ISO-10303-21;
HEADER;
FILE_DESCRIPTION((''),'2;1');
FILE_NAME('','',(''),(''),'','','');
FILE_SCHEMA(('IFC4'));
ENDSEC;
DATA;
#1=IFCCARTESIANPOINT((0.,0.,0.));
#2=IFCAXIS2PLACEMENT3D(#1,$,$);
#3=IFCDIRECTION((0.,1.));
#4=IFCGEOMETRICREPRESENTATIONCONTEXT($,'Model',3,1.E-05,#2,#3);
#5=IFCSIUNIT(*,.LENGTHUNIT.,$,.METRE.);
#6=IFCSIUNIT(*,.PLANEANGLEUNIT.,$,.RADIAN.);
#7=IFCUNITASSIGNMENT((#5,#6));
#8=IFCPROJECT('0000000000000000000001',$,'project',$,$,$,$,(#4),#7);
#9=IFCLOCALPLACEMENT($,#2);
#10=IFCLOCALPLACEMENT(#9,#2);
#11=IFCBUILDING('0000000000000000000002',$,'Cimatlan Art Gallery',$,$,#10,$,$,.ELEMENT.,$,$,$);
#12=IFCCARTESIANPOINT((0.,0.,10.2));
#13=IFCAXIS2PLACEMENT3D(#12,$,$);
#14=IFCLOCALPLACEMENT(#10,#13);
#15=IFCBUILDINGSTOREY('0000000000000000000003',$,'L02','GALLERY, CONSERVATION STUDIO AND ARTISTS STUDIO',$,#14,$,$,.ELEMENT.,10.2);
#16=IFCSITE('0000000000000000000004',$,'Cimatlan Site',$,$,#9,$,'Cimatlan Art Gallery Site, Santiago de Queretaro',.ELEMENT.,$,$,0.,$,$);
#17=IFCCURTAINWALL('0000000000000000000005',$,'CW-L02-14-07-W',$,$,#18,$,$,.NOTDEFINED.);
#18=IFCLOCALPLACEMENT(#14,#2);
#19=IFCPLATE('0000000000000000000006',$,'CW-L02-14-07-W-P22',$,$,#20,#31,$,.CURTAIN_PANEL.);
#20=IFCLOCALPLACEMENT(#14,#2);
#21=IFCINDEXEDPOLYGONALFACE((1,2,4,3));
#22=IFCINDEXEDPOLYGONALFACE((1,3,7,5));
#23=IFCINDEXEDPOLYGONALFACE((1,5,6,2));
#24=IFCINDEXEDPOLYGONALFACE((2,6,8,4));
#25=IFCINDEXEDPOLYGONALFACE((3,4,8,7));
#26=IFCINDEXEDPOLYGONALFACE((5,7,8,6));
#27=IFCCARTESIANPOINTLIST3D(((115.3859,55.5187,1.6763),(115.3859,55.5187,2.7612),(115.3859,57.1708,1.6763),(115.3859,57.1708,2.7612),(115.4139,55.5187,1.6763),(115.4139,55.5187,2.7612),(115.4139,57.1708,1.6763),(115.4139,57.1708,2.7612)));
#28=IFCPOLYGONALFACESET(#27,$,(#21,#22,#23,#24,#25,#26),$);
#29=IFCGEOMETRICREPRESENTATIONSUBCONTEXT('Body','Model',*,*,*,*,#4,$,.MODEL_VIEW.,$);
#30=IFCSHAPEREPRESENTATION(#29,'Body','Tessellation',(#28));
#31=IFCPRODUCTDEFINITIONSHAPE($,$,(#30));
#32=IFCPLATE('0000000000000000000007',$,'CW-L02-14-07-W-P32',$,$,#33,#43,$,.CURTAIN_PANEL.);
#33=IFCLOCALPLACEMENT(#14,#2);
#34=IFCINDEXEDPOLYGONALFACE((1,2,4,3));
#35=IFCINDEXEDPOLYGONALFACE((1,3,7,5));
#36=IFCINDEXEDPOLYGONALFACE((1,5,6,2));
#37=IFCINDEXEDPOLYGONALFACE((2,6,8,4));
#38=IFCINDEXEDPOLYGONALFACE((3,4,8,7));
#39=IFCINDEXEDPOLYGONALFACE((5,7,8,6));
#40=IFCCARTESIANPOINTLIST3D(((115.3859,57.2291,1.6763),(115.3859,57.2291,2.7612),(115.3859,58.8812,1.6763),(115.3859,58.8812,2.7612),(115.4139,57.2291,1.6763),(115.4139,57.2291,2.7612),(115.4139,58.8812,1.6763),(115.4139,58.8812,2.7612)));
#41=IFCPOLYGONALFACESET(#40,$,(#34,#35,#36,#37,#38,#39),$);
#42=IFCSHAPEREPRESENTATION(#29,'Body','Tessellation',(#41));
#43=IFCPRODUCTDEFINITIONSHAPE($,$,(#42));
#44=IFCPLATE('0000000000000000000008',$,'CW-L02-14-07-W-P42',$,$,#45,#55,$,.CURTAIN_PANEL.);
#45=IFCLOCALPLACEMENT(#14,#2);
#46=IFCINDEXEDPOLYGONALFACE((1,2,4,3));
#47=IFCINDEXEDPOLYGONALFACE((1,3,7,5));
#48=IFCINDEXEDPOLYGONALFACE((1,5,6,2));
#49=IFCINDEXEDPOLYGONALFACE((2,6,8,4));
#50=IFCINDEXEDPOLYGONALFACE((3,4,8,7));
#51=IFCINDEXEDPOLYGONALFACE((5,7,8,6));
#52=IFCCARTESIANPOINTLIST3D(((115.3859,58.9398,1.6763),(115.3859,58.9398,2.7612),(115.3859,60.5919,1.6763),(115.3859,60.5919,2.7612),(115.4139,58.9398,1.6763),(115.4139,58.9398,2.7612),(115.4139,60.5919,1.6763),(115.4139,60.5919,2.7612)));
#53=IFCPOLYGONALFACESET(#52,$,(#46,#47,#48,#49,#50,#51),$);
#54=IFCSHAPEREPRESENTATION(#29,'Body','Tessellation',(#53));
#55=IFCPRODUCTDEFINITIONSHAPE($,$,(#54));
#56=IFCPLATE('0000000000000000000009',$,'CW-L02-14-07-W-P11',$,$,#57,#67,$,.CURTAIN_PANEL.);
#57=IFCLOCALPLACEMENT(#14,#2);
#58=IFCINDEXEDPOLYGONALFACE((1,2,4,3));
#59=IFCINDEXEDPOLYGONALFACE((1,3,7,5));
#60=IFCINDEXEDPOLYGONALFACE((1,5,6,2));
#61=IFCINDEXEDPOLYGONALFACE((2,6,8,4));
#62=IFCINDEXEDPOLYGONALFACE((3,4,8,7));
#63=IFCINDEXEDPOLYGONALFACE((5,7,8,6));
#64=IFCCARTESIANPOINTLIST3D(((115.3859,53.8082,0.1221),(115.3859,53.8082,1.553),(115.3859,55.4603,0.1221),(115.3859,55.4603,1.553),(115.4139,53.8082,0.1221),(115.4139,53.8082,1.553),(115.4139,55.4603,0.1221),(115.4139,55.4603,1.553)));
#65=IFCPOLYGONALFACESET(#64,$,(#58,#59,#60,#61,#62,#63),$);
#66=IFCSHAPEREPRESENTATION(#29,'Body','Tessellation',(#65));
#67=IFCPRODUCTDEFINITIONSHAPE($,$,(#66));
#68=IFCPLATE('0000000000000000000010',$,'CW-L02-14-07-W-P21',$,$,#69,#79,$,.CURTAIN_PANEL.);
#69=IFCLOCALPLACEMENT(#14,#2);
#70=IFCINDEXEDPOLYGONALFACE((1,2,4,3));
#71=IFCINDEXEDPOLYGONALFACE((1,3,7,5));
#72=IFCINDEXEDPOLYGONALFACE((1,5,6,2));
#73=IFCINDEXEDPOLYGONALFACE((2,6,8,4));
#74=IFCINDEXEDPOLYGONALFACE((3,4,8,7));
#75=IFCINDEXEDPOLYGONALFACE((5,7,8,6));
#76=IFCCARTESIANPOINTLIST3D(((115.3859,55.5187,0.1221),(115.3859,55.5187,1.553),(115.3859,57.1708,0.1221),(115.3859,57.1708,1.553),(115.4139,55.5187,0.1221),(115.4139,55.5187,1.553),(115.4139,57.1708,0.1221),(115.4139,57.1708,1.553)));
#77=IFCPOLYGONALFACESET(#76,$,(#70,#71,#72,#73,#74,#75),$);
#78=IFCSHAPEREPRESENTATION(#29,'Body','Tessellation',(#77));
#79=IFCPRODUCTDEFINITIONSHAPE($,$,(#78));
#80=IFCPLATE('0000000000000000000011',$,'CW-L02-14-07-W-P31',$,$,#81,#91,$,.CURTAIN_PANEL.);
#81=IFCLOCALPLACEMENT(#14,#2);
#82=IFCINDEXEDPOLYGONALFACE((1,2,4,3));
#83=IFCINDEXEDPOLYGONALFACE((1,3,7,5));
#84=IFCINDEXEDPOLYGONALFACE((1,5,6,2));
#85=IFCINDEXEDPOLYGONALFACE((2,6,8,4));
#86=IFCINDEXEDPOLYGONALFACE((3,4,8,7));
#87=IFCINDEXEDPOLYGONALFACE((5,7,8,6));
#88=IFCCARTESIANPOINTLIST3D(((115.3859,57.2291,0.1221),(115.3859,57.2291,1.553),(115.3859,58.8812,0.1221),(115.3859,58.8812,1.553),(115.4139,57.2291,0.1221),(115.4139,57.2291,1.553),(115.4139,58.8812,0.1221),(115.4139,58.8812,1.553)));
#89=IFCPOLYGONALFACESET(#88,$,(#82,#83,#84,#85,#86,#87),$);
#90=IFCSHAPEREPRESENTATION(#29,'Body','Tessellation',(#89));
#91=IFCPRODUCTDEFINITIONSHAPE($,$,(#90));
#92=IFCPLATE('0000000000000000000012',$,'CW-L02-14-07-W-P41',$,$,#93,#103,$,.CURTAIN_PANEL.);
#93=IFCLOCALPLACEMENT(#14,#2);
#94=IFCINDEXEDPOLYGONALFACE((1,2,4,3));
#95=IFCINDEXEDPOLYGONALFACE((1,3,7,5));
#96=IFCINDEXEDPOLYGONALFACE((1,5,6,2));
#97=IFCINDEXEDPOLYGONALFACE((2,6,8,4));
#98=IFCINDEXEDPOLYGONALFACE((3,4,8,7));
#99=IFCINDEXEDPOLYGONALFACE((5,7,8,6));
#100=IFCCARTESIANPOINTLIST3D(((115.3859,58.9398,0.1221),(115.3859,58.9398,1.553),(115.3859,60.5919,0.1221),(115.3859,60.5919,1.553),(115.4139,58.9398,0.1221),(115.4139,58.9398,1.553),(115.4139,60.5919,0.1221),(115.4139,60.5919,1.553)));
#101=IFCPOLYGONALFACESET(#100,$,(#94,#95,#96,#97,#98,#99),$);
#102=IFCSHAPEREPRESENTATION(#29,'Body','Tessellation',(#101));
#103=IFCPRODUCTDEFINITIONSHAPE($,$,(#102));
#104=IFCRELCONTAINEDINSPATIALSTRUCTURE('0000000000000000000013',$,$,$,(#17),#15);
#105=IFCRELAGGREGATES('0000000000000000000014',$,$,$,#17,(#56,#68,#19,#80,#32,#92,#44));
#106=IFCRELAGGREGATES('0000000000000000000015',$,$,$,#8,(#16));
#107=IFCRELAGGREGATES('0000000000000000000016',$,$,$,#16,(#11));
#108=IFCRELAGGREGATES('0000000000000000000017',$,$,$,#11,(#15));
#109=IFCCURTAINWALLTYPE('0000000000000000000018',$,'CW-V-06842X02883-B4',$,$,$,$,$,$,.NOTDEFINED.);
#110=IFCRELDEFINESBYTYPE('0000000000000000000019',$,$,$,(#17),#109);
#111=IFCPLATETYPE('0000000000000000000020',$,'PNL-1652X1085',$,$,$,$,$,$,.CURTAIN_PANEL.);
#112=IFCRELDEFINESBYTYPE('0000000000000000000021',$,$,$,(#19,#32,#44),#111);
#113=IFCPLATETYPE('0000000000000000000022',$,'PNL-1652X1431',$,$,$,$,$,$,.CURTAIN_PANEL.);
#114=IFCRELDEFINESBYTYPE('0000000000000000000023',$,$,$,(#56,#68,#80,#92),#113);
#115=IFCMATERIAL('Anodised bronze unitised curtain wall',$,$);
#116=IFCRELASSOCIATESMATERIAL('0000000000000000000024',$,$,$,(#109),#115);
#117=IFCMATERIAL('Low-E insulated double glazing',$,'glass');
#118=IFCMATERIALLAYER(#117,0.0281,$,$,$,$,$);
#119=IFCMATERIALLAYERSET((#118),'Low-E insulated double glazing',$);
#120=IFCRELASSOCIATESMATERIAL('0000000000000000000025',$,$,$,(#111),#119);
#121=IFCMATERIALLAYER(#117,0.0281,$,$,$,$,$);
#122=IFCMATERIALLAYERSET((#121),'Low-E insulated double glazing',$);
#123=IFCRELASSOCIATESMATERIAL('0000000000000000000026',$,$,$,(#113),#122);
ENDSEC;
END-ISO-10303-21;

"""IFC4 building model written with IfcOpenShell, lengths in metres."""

from ifc_helpers import new_model, si_unit, direction, frame, origin, origin_2d, place, context, subcontext, project, spatial, rectangle, extrude, material, layer, layer_set, type_object, element, aggregate, save


model = new_model("IFC4")

# Units and contexts
model_context = context("Model", 3, precision=1e-05, world=origin(), true_north=direction((0.0, 1.0)))
body_context = subcontext(model_context, "Body", "Model", "MODEL_VIEW")
ifc_project = project(units=[si_unit("LENGTHUNIT", "METRE"), si_unit("PLANEANGLEUNIT", "RADIAN")], contexts=[model_context])

# Site, building, storey
site_placement = place(None, origin())
site = spatial("IfcSite", under=ifc_project, at=site_placement, Name="Cimatlan Site", LongName="Cimatlan Art Gallery Site, Santiago de Queretaro", CompositionType="ELEMENT", RefElevation=0.0)
building_placement = place(site_placement, origin())
building = spatial("IfcBuilding", under=site, at=building_placement, Name="Cimatlan Art Gallery", CompositionType="ELEMENT")
storey_placement = place(building_placement, frame((0.0, 0.0, 10.2)))
storey = spatial("IfcBuildingStorey", under=building, at=storey_placement, Name="L02", Description="GALLERY, CONSERVATION STUDIO AND ARTISTS STUDIO", CompositionType="ELEMENT", Elevation=10.2)

# Curtain wall
ifc_material_1 = material(Name="Anodised bronze unitised curtain wall")
curtain_wall_type_1 = type_object("IfcCurtainWallType", Name="CW-V-06842X02883-B4", PredefinedType="NOTDEFINED", material=ifc_material_1)
curtain_wall_1_placement = place(storey_placement, origin())
curtain_wall_1 = element("IfcCurtainWall", 1, at=curtain_wall_1_placement, inside=storey, type_object=curtain_wall_type_1, Name="CW-L02-14-07-W", PredefinedType="NOTDEFINED")

# Plates
ifc_material_2 = material(Name="Low-E insulated double glazing", Category="glass")
ifc_layer_1 = layer(ifc_material_2, 0.0281)
ifc_layer_set_1 = layer_set([ifc_layer_1], Name="Low-E insulated double glazing")
plate_type_1 = type_object("IfcPlateType", Name="PNL-1652X1085", PredefinedType="CURTAIN_PANEL", material=ifc_layer_set_1)
plate_1_placement = place(storey_placement, frame((115.3999, 56.3447, 1.6763), z_axis=(0.0, 0.0, 1.0), x_axis=(0.0, 1.0, 0.0)))
plate_1 = element("IfcPlate", 2, at=plate_1_placement, type_object=plate_type_1, Name="CW-L02-14-07-W-P22", PredefinedType="CURTAIN_PANEL", context=body_context, shape_type="SweptSolid", body=[
    extrude(rectangle(XDim=1.6521, YDim=0.0281, at=origin_2d()), origin(), (0.0, 0.0, 1.0), 1.085),
])
plate_2_placement = place(storey_placement, frame((115.3999, 58.0552, 1.6763), z_axis=(0.0, 0.0, 1.0), x_axis=(0.0, 1.0, 0.0)))
plate_2 = element("IfcPlate", 3, at=plate_2_placement, type_object=plate_type_1, Name="CW-L02-14-07-W-P32", PredefinedType="CURTAIN_PANEL", context=body_context, shape_type="SweptSolid", body=[
    extrude(rectangle(XDim=1.6521, YDim=0.0281, at=origin_2d()), origin(), (0.0, 0.0, 1.0), 1.085),
])
plate_3_placement = place(storey_placement, frame((115.3999, 59.7659, 1.6763), z_axis=(0.0, 0.0, 1.0), x_axis=(0.0, 1.0, 0.0)))
plate_3 = element("IfcPlate", 4, at=plate_3_placement, type_object=plate_type_1, Name="CW-L02-14-07-W-P42", PredefinedType="CURTAIN_PANEL", context=body_context, shape_type="SweptSolid", body=[
    extrude(rectangle(XDim=1.6521, YDim=0.0281, at=origin_2d()), origin(), (0.0, 0.0, 1.0), 1.085),
])
ifc_layer_2 = layer(ifc_material_2, 0.0281)
ifc_layer_set_2 = layer_set([ifc_layer_2], Name="Low-E insulated double glazing")
plate_type_2 = type_object("IfcPlateType", Name="PNL-1652X1431", PredefinedType="CURTAIN_PANEL", material=ifc_layer_set_2)
plate_4_placement = place(storey_placement, frame((115.3999, 54.6343, 0.1221), z_axis=(0.0, 0.0, 1.0), x_axis=(0.0, 1.0, 0.0)))
plate_4 = element("IfcPlate", 5, at=plate_4_placement, type_object=plate_type_2, Name="CW-L02-14-07-W-P11", PredefinedType="CURTAIN_PANEL", context=body_context, shape_type="SweptSolid", body=[
    extrude(rectangle(XDim=1.6521, YDim=0.0281, at=origin_2d()), origin(), (0.0, 0.0, 1.0), 1.4309),
])
plate_5_placement = place(storey_placement, frame((115.3999, 56.3447, 0.1221), z_axis=(0.0, 0.0, 1.0), x_axis=(0.0, 1.0, 0.0)))
plate_5 = element("IfcPlate", 6, at=plate_5_placement, type_object=plate_type_2, Name="CW-L02-14-07-W-P21", PredefinedType="CURTAIN_PANEL", context=body_context, shape_type="SweptSolid", body=[
    extrude(rectangle(XDim=1.6521, YDim=0.0281, at=origin_2d()), origin(), (0.0, 0.0, 1.0), 1.4309),
])
plate_6_placement = place(storey_placement, frame((115.3999, 58.0552, 0.1221), z_axis=(0.0, 0.0, 1.0), x_axis=(0.0, 1.0, 0.0)))
plate_6 = element("IfcPlate", 7, at=plate_6_placement, type_object=plate_type_2, Name="CW-L02-14-07-W-P31", PredefinedType="CURTAIN_PANEL", context=body_context, shape_type="SweptSolid", body=[
    extrude(rectangle(XDim=1.6521, YDim=0.0281, at=origin_2d()), origin(), (0.0, 0.0, 1.0), 1.4309),
])
plate_7_placement = place(storey_placement, frame((115.3999, 59.7659, 0.1221), z_axis=(0.0, 0.0, 1.0), x_axis=(0.0, 1.0, 0.0)))
plate_7 = element("IfcPlate", 8, at=plate_7_placement, type_object=plate_type_2, Name="CW-L02-14-07-W-P41", PredefinedType="CURTAIN_PANEL", context=body_context, shape_type="SweptSolid", body=[
    extrude(rectangle(XDim=1.6521, YDim=0.0281, at=origin_2d()), origin(), (0.0, 0.0, 1.0), 1.4309),
])
aggregate(curtain_wall_1, [plate_4, plate_5, plate_1, plate_6, plate_2, plate_7, plate_3])

save(model, "model.ifc")
